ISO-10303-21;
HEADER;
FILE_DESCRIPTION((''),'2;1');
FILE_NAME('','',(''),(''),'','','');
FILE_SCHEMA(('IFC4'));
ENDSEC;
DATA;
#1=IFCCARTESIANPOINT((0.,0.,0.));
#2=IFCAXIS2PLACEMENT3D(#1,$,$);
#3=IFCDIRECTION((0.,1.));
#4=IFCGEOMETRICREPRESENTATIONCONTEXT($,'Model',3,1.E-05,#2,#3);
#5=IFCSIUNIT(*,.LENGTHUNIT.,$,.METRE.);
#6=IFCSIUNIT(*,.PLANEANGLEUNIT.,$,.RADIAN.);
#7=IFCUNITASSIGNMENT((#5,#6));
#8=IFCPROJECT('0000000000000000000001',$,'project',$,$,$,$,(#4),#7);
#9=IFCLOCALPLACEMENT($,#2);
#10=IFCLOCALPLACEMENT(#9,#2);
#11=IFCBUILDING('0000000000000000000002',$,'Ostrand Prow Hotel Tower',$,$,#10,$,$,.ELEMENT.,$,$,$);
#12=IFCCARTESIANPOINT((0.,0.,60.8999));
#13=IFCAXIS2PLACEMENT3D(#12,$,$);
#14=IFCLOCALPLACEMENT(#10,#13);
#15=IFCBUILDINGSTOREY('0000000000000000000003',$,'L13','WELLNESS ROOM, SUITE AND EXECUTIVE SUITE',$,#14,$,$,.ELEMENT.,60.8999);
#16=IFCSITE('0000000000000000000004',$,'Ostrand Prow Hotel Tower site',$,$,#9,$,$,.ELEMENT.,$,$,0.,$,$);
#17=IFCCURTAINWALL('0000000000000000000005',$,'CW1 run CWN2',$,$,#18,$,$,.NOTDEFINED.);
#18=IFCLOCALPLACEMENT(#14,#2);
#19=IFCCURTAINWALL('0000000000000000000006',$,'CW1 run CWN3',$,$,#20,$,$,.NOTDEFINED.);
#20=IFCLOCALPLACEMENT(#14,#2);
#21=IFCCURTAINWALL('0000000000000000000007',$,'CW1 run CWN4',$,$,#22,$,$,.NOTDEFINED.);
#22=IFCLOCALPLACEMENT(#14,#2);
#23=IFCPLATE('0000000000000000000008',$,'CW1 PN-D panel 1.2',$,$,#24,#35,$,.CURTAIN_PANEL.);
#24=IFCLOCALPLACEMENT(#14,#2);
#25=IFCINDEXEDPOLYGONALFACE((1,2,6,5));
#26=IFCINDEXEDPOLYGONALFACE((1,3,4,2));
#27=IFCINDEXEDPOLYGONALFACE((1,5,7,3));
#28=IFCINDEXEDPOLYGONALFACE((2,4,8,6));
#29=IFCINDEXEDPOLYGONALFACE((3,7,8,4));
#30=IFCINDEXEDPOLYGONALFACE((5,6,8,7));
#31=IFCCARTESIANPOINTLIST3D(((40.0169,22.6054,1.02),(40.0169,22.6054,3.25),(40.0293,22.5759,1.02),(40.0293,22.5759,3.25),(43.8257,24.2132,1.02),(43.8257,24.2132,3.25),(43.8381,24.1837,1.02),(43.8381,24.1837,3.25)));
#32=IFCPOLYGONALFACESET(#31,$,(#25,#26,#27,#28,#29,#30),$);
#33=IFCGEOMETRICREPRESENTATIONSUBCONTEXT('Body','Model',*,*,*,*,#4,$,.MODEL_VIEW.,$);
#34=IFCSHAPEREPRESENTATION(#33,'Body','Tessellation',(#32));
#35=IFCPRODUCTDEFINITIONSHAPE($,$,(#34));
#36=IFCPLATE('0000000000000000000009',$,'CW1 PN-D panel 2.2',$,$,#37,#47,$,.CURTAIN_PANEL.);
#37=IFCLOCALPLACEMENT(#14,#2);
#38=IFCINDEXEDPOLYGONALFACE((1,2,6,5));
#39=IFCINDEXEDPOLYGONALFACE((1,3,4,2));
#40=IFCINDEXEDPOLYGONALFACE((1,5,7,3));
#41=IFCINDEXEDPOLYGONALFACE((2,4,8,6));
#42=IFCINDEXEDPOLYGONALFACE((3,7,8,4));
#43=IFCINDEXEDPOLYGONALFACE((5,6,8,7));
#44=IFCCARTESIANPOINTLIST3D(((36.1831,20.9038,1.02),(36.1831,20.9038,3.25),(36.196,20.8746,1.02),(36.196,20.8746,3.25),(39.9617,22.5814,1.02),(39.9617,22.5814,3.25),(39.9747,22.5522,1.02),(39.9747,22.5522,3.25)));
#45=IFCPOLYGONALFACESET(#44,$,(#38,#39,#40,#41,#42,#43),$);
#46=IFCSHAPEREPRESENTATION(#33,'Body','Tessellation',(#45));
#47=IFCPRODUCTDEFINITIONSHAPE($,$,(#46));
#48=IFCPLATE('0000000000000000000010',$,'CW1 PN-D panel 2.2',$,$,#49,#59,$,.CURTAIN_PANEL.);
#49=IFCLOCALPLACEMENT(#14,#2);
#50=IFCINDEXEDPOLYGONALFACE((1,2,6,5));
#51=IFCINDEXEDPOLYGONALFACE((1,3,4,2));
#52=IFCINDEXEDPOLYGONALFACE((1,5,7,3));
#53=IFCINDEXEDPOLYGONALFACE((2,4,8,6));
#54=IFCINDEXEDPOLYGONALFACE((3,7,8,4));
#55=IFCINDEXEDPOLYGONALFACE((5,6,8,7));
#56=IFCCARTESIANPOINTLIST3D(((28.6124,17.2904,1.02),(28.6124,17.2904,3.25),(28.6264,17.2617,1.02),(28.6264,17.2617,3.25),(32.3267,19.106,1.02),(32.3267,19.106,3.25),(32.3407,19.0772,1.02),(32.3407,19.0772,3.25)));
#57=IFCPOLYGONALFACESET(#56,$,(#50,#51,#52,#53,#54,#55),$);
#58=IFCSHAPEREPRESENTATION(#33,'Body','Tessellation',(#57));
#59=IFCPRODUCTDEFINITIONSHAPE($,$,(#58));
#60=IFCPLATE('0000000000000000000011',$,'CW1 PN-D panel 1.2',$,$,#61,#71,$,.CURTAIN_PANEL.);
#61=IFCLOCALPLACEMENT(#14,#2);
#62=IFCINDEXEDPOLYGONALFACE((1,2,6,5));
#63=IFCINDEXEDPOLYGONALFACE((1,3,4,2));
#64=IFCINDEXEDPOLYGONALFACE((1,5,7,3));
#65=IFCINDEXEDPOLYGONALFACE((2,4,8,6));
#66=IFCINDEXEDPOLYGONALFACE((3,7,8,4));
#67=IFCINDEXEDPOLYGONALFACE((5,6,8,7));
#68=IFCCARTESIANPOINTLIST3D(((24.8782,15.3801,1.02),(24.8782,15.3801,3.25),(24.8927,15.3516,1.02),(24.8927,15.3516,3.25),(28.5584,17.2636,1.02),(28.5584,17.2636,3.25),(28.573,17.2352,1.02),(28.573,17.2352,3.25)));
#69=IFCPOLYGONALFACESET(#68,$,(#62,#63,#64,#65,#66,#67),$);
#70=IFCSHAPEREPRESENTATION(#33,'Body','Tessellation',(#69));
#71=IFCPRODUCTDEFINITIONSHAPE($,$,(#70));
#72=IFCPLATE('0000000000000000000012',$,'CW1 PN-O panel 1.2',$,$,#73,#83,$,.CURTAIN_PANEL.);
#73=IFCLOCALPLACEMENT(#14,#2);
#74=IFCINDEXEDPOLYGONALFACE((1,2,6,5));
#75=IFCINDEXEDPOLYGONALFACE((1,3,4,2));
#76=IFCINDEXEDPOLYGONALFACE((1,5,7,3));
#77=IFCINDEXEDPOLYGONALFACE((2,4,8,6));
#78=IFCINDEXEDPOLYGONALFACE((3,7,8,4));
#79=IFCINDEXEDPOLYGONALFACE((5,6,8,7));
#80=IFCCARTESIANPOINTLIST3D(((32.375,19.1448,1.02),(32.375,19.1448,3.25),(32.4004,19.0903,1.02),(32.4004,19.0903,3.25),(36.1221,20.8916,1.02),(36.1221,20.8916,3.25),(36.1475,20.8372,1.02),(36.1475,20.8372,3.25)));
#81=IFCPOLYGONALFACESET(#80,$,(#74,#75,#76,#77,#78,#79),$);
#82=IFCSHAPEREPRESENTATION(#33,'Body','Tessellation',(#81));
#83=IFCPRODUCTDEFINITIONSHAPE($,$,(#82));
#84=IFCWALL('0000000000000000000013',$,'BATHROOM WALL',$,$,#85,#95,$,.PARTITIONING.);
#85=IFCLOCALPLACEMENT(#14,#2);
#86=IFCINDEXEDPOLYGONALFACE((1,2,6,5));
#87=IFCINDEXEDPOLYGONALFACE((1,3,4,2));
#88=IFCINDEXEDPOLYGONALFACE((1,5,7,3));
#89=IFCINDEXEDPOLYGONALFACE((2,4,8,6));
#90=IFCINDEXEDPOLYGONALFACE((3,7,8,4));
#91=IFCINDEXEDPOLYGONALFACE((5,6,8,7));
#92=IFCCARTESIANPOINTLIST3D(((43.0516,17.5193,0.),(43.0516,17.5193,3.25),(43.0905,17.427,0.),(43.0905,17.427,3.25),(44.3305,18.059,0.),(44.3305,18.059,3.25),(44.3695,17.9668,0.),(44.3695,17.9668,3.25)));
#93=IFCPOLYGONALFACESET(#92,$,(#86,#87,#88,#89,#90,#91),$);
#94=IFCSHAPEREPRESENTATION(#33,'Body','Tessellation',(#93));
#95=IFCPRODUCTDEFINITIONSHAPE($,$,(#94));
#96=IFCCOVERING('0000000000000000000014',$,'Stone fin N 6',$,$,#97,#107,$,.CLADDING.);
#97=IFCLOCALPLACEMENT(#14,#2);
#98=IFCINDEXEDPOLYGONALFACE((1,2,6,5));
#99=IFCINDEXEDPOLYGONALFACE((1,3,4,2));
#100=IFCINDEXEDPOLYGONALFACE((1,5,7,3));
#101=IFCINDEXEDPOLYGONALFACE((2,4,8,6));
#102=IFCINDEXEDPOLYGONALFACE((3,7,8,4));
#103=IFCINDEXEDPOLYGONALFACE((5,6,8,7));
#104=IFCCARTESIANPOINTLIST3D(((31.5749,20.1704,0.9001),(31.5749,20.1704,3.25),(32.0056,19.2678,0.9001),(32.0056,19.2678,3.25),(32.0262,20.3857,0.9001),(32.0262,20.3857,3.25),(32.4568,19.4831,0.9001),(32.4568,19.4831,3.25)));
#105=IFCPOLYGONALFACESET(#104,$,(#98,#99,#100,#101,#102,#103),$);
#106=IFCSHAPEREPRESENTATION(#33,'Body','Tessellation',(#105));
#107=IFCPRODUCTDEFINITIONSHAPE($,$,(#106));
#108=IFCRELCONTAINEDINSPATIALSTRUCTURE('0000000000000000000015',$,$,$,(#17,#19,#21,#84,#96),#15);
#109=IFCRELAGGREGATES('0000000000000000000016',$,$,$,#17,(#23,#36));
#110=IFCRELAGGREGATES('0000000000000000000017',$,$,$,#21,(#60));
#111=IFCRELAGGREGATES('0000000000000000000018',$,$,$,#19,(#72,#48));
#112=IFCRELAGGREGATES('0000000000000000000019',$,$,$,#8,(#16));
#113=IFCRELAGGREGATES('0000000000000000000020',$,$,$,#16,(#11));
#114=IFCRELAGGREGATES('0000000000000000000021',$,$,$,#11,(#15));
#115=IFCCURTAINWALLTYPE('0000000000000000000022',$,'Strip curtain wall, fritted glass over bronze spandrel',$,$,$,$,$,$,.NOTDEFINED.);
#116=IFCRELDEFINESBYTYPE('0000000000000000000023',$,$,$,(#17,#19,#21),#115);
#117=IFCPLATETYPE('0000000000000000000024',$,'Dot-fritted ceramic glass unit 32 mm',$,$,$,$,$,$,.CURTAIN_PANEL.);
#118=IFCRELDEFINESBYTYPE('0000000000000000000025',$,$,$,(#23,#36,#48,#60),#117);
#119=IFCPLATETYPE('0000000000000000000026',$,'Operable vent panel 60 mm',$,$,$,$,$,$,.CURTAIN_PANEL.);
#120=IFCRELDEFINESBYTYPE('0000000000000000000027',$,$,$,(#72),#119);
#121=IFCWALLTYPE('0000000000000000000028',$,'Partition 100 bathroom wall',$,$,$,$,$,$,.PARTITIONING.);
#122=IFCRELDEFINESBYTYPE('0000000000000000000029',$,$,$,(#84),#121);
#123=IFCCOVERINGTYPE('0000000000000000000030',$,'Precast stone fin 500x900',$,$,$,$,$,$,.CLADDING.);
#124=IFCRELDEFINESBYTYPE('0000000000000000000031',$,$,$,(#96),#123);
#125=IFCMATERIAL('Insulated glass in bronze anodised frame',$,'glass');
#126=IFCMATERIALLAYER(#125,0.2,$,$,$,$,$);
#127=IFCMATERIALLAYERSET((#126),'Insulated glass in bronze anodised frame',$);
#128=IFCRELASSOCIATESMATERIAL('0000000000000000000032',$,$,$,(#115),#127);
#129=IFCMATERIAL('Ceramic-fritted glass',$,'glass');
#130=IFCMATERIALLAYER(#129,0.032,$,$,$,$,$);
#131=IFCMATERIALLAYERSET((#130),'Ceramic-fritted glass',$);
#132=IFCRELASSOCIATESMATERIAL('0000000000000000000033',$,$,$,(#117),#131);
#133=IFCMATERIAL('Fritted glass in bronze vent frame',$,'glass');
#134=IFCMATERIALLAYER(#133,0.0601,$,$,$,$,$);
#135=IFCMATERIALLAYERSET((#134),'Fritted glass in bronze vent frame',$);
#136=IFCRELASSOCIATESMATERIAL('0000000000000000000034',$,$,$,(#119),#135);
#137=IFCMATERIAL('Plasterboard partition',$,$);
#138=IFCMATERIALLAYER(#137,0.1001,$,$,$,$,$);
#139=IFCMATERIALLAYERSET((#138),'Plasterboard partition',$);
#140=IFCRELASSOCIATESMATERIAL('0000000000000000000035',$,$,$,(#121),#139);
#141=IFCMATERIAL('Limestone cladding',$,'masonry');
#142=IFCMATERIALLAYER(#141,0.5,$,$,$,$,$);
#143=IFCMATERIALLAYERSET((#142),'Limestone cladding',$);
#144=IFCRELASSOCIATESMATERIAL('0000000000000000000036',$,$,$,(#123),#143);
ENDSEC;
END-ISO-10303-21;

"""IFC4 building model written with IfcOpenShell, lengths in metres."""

from ifc_helpers import new_model, si_unit, direction, frame, frame_2d, origin, origin_2d, place, context, subcontext, project, spatial, rectangle, extrude, material, layer, layer_set, type_object, element, aggregate, save


model = new_model("IFC4")

# Units and contexts
model_context = context("Model", 3, precision=1e-05, world=origin(), true_north=direction((0.0, 1.0)))
body_context = subcontext(model_context, "Body", "Model", "MODEL_VIEW")
ifc_project = project(units=[si_unit("LENGTHUNIT", "METRE"), si_unit("PLANEANGLEUNIT", "RADIAN")], contexts=[model_context])

# Site, building, storey
site_placement = place(None, origin())
site = spatial("IfcSite", under=ifc_project, at=site_placement, Name="Ostrand Prow Hotel Tower site", CompositionType="ELEMENT", RefElevation=0.0)
building_placement = place(site_placement, origin())
building = spatial("IfcBuilding", under=site, at=building_placement, Name="Ostrand Prow Hotel Tower", CompositionType="ELEMENT")
storey_placement = place(building_placement, frame((0.0, 0.0, 60.8999)))
storey = spatial("IfcBuildingStorey", under=building, at=storey_placement, Name="L13", Description="WELLNESS ROOM, SUITE AND EXECUTIVE SUITE", CompositionType="ELEMENT", Elevation=60.8999)

# Curtain walls
ifc_material_1 = material(Name="Insulated glass in bronze anodised frame", Category="glass")
ifc_layer_1 = layer(ifc_material_1, 0.2)
ifc_layer_set_1 = layer_set([ifc_layer_1], Name="Insulated glass in bronze anodised frame")
curtain_wall_type = type_object("IfcCurtainWallType", Name="Strip curtain wall, fritted glass over bronze spandrel", PredefinedType="NOTDEFINED", material=ifc_layer_set_1)
curtain_wall_1_placement = place(storey_placement, origin())
curtain_wall_1 = element("IfcCurtainWall", 1, at=curtain_wall_1_placement, inside=storey, type_object=curtain_wall_type, Name="CW1 run CWN2", PredefinedType="NOTDEFINED")
curtain_wall_2_placement = place(storey_placement, origin())
curtain_wall_2 = element("IfcCurtainWall", 2, at=curtain_wall_2_placement, inside=storey, type_object=curtain_wall_type, Name="CW1 run CWN3", PredefinedType="NOTDEFINED")

# Curtain wall
curtain_wall_3_placement = place(storey_placement, origin())
curtain_wall_3 = element("IfcCurtainWall", 3, at=curtain_wall_3_placement, inside=storey, type_object=curtain_wall_type, Name="CW1 run CWN4", PredefinedType="NOTDEFINED")

# Plates
ifc_material_2 = material(Name="Ceramic-fritted glass", Category="glass")
ifc_layer_2 = layer(ifc_material_2, 0.032)
ifc_layer_set_2 = layer_set([ifc_layer_2], Name="Ceramic-fritted glass")
plate_type_1 = type_object("IfcPlateType", Name="Dot-fritted ceramic glass unit 32 mm", PredefinedType="CURTAIN_PANEL", material=ifc_layer_set_2)
plate_1_placement = place(storey_placement, frame((41.9275, 23.3945, 1.02), z_axis=(0.0, 0.0, 1.0), x_axis=(-0.921283, -0.388892, 0.0)))
plate_1 = element("IfcPlate", 4, at=plate_1_placement, type_object=plate_type_1, Name="CW1 PN-D panel 1.2", PredefinedType="CURTAIN_PANEL", context=body_context, shape_type="SweptSolid", body=[
    extrude(rectangle(XDim=4.1343, YDim=0.032, at=origin_2d()), origin(), (0.0, 0.0, 1.0), 2.23),
])
plate_2_placement = place(storey_placement, frame((38.0789, 21.728, 1.02), z_axis=(0.0, 0.0, 1.0), x_axis=(-0.913971, -0.40578, 0.0)))
plate_2 = element("IfcPlate", 5, at=plate_2_placement, type_object=plate_type_1, Name="CW1 PN-D panel 2.2", PredefinedType="CURTAIN_PANEL", context=body_context, shape_type="SweptSolid", body=[
    extrude(rectangle(XDim=4.1343, YDim=0.032, at=origin_2d()), origin(), (0.0, 0.0, 1.0), 2.23),
])
aggregate(curtain_wall_1, [plate_1, plate_2])
plate_3_placement = place(storey_placement, frame((30.4766, 18.1838, 1.02), z_axis=(0.0, 0.0, 1.0), x_axis=(-0.89842, -0.439138, 0.0)))
plate_3 = element("IfcPlate", 6, at=plate_3_placement, type_object=plate_type_1, Name="CW1 PN-D panel 2.2", PredefinedType="CURTAIN_PANEL", context=body_context, shape_type="SweptSolid", body=[
    extrude(rectangle(XDim=4.1343, YDim=0.032, at=origin_2d()), origin(), (0.0, 0.0, 1.0), 2.23),
])
plate_4_placement = place(storey_placement, frame((26.7256, 16.3076, 1.02), z_axis=(0.0, 0.0, 1.0), x_axis=(-0.890187, -0.455596, 0.0)))
plate_4 = element("IfcPlate", 7, at=plate_4_placement, type_object=plate_type_1, Name="CW1 PN-D panel 1.2", PredefinedType="CURTAIN_PANEL", context=body_context, shape_type="SweptSolid", body=[
    extrude(rectangle(XDim=4.1343, YDim=0.032, at=origin_2d()), origin(), (0.0, 0.0, 1.0), 2.23),
])
aggregate(curtain_wall_3, [plate_4])
ifc_material_3 = material(Name="Fritted glass in bronze vent frame", Category="glass")
ifc_layer_3 = layer(ifc_material_3, 0.0601)
ifc_layer_set_3 = layer_set([ifc_layer_3], Name="Fritted glass in bronze vent frame")
plate_type_2 = type_object("IfcPlateType", Name="Operable vent panel 60 mm", PredefinedType="CURTAIN_PANEL", material=ifc_layer_set_3)
plate_5_placement = place(storey_placement, frame((34.2612, 19.991, 1.02), z_axis=(0.0, 0.0, 1.0), x_axis=(-0.906349, -0.42253, 0.0)))
plate_5 = element("IfcPlate", 8, at=plate_5_placement, type_object=plate_type_2, Name="CW1 PN-O panel 1.2", PredefinedType="CURTAIN_PANEL", context=body_context, shape_type="SweptSolid", body=[
    extrude(rectangle(XDim=4.1343, YDim=0.0601, at=origin_2d()), origin(), (0.0, 0.0, 1.0), 2.23),
])
aggregate(curtain_wall_2, [plate_5, plate_3])

# Wall
ifc_material_4 = material(Name="Plasterboard partition")
ifc_layer_4 = layer(ifc_material_4, 0.1001)
ifc_layer_set_4 = layer_set([ifc_layer_4], Name="Plasterboard partition")
wall_type = type_object("IfcWallType", Name="Partition 100 bathroom wall", PredefinedType="PARTITIONING", material=ifc_layer_set_4)
wall_placement = place(storey_placement, frame((43.071, 17.4731, 0.0), z_axis=(0.0, 0.0, 1.0), x_axis=(0.921314, 0.388819, 0.0)))
element("IfcWall", 9, at=wall_placement, inside=storey, type_object=wall_type, Name="BATHROOM WALL", PredefinedType="PARTITIONING", context=body_context, shape_type="SweptSolid", body=[
    extrude(rectangle(XDim=1.3882, YDim=0.1001, at=frame_2d((0.6941, 0.0))), origin(), (0.0, 0.0, 1.0), 3.25),
])

# Covering
ifc_material_5 = material(Name="Limestone cladding", Category="masonry")
ifc_layer_5 = layer(ifc_material_5, 0.5)
ifc_layer_set_5 = layer_set([ifc_layer_5], Name="Limestone cladding")
covering_type = type_object("IfcCoveringType", Name="Precast stone fin 500x900", PredefinedType="CLADDING", material=ifc_layer_set_5)
covering_placement = place(storey_placement, frame((32.2312, 19.3755, 0.9001), z_axis=(0.0, 0.0, 1.0), x_axis=(-0.430635, 0.902526, 0.0)))
element("IfcCovering", 10, at=covering_placement, inside=storey, type_object=covering_type, Name="Stone fin N 6", PredefinedType="CLADDING", context=body_context, shape_type="SweptSolid", body=[
    extrude(rectangle(XDim=1.0, YDim=0.5, at=frame_2d((0.5, 0.0))), origin(), (0.0, 0.0, 1.0), 2.3499),
])

save(model, "model.ifc")
